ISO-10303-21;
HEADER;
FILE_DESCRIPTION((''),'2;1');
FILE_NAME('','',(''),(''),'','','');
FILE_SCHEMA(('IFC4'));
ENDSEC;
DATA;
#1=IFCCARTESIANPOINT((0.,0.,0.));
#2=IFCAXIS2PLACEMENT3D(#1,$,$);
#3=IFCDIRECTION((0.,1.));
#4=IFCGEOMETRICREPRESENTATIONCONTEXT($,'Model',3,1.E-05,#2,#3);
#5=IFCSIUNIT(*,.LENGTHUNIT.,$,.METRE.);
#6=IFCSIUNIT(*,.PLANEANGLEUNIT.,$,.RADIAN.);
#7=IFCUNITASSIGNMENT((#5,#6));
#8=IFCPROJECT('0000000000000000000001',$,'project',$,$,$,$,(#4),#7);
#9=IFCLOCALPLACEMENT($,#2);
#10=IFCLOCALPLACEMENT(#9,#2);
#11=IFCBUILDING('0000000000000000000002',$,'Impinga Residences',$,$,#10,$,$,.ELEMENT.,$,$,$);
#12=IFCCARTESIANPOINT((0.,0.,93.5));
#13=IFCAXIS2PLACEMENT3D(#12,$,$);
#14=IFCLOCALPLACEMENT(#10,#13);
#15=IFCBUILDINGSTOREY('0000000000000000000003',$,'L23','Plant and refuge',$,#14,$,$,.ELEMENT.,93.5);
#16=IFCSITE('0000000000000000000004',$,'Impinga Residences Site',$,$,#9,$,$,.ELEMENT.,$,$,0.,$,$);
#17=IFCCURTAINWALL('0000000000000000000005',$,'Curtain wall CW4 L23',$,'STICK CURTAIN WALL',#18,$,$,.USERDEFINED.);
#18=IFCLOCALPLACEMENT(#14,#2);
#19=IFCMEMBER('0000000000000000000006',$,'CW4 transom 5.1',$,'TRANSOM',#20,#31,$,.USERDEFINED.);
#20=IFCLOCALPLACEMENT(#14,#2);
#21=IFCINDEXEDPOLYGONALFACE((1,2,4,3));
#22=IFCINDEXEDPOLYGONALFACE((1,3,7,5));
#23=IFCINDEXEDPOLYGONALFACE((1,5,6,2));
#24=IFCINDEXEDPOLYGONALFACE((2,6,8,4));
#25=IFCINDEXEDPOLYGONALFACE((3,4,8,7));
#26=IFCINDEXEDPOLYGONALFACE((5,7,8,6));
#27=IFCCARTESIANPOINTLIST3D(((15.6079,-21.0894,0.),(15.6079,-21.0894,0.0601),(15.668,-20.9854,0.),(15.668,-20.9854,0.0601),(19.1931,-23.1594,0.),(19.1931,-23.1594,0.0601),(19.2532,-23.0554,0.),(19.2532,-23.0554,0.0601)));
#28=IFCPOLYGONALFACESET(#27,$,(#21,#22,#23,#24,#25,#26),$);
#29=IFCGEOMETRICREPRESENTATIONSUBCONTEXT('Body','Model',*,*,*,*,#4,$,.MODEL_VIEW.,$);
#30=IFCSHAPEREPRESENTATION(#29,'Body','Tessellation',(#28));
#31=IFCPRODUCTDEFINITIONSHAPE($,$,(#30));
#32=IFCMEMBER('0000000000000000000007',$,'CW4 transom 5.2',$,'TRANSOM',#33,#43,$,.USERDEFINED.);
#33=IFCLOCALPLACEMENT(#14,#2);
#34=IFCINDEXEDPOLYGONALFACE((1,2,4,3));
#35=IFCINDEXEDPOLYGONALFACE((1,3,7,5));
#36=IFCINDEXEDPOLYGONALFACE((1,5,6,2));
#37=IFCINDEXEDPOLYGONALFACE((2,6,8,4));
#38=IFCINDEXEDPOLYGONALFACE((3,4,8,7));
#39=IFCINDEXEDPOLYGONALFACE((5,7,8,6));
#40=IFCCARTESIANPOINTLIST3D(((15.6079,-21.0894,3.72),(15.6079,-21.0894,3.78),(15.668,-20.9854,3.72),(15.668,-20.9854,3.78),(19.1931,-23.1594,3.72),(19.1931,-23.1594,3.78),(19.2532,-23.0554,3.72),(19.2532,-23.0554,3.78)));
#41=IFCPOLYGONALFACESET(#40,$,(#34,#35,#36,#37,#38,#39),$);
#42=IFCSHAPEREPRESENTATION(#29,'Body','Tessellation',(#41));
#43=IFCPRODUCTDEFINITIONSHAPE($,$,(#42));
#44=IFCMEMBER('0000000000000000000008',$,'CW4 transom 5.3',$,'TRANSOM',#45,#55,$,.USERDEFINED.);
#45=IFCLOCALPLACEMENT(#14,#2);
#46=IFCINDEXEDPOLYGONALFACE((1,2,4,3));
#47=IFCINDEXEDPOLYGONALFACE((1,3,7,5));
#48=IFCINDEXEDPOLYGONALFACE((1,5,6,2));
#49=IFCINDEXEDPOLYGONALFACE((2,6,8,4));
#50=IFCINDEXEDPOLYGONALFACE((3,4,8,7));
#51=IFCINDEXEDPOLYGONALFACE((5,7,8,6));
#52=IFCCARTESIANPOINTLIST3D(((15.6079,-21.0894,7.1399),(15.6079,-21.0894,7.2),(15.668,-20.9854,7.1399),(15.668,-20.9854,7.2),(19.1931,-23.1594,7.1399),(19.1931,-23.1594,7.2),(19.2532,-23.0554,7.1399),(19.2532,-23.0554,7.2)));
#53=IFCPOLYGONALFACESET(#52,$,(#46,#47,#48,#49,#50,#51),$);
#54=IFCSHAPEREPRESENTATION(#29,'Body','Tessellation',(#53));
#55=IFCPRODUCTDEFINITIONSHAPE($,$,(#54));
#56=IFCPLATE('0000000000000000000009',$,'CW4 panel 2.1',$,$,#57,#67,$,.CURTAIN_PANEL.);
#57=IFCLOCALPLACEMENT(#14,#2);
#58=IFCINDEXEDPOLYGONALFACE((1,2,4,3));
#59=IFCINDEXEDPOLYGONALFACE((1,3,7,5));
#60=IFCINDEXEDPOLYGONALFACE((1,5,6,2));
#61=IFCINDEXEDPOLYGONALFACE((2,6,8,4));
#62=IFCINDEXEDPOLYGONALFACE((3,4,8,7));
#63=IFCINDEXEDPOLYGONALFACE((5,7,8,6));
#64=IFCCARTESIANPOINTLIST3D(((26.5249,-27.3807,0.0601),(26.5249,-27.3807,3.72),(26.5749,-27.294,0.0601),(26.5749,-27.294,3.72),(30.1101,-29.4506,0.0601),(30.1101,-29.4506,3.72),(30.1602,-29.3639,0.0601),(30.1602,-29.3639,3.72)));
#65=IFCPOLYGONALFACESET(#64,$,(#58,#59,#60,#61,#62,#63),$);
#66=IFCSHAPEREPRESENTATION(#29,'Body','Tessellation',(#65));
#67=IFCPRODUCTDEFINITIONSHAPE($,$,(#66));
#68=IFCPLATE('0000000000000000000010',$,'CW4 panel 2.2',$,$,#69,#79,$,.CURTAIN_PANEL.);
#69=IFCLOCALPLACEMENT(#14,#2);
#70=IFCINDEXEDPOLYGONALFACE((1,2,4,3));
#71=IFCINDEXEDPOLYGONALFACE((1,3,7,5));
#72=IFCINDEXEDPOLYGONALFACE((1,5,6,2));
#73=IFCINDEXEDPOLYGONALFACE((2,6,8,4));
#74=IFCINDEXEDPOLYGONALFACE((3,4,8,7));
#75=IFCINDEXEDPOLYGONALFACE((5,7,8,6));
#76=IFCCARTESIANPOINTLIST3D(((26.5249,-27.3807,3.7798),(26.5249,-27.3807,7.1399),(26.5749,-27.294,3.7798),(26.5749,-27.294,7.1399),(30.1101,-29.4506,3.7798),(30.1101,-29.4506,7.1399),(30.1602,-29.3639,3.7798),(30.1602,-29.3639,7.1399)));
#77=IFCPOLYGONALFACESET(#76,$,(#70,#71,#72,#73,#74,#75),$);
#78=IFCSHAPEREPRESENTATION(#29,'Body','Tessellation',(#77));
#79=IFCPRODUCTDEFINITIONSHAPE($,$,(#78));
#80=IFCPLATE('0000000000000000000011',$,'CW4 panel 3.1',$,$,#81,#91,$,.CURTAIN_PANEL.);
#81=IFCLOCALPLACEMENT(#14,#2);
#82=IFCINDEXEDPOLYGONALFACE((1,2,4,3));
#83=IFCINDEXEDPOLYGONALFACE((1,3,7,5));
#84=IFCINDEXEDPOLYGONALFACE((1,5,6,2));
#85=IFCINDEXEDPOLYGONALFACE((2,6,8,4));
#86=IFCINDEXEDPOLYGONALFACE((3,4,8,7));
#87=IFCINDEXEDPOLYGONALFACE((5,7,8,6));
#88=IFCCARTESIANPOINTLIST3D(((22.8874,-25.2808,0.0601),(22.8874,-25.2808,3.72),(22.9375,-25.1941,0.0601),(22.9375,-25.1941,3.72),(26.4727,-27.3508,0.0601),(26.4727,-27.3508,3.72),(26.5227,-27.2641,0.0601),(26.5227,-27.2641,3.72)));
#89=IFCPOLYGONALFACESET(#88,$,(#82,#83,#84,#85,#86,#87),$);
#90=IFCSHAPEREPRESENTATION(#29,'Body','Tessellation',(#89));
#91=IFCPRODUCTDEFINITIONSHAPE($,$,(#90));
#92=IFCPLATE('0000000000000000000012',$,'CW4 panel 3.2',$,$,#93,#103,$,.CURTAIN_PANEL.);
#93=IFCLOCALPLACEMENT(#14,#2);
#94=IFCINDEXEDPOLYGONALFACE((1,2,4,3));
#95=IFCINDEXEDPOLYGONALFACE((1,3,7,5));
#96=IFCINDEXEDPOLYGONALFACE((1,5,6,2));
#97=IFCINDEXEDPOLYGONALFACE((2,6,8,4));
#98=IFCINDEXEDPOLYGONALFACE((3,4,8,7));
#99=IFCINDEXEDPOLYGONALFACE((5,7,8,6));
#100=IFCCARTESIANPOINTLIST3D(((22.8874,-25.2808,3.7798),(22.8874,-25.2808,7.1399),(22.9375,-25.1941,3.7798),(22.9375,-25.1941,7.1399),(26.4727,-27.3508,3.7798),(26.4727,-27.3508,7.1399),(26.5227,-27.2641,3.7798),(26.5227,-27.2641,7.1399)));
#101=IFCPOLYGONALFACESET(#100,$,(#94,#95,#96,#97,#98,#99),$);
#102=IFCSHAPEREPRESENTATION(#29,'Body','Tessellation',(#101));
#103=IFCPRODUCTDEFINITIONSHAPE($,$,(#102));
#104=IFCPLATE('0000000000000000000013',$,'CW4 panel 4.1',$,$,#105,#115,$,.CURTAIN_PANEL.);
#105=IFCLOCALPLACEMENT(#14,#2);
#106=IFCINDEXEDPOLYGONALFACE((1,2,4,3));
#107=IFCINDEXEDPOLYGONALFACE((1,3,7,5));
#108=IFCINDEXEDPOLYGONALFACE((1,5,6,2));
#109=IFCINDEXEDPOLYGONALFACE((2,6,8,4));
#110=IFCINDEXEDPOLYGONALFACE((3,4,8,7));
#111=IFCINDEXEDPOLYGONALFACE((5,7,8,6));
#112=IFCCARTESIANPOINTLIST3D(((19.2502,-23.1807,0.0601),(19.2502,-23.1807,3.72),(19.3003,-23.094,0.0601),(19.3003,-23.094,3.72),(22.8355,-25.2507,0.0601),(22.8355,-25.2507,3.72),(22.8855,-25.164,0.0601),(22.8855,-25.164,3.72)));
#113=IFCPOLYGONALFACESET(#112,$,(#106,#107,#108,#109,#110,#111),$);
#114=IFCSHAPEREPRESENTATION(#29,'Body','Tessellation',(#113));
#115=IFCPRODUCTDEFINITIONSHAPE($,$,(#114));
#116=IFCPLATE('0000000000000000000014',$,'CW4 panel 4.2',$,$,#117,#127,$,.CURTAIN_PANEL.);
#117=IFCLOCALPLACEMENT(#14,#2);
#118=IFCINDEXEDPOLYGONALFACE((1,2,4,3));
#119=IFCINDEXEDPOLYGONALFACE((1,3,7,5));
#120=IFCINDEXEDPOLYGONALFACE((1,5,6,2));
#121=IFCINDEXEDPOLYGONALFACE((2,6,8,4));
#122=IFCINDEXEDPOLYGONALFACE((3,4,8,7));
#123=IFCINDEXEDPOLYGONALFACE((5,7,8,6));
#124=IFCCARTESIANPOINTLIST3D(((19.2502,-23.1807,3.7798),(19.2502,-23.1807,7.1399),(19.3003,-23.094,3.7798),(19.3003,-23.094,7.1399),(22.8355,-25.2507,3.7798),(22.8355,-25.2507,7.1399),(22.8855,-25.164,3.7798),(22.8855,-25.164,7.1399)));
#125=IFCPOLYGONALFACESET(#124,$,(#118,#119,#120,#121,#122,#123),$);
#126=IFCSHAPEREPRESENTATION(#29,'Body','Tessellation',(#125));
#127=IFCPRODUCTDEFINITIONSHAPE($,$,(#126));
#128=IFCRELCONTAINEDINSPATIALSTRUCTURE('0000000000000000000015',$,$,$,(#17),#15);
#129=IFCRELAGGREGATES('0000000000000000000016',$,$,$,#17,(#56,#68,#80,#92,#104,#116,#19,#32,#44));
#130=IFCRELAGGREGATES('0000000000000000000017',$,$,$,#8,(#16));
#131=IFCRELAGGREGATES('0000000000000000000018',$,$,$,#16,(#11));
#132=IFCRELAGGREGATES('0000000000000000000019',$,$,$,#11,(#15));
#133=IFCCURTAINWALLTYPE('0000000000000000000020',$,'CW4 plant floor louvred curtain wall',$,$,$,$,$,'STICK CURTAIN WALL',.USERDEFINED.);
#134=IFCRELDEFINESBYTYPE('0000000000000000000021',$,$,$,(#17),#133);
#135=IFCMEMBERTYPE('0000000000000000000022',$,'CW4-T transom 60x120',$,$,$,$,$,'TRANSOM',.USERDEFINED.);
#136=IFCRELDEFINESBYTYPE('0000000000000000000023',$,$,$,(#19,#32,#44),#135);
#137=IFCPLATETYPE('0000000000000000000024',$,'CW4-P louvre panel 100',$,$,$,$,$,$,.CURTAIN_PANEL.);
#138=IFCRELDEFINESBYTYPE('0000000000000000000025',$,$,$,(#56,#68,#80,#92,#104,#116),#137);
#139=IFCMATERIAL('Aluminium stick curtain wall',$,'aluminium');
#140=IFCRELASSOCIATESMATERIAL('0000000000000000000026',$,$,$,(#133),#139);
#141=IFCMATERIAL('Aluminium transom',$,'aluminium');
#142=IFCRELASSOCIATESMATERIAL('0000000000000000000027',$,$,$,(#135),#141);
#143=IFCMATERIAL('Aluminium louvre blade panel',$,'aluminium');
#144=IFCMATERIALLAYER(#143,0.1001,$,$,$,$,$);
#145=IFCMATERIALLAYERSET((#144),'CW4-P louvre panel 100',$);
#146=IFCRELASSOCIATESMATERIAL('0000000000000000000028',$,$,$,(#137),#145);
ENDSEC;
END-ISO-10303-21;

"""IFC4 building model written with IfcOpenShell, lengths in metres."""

from ifc_helpers import new_model, si_unit, direction, frame, origin, origin_2d, place, context, subcontext, project, spatial, rectangle, extrude, material, layer, layer_set, material_profile, profile_set, type_object, element, aggregate, save


model = new_model("IFC4")

# Units and contexts
model_context = context("Model", 3, precision=1e-05, world=origin(), true_north=direction((0.0, 1.0)))
body_context = subcontext(model_context, "Body", "Model", "MODEL_VIEW")
ifc_project = project(units=[si_unit("LENGTHUNIT", "METRE"), si_unit("PLANEANGLEUNIT", "RADIAN")], contexts=[model_context])

# Site, building, storey
site_placement = place(None, origin())
site = spatial("IfcSite", under=ifc_project, at=site_placement, Name="Impinga Residences Site", CompositionType="ELEMENT", RefElevation=0.0)
building_placement = place(site_placement, origin())
building = spatial("IfcBuilding", under=site, at=building_placement, Name="Impinga Residences", CompositionType="ELEMENT")
storey_placement = place(building_placement, frame((0.0, 0.0, 93.5)))
storey = spatial("IfcBuildingStorey", under=building, at=storey_placement, Name="L23", Description="Plant and refuge", CompositionType="ELEMENT", Elevation=93.5)

# Curtain wall, members, plates
ifc_material_1 = material(Name="Aluminium stick curtain wall", Category="aluminium")
curtain_wall_type = type_object("IfcCurtainWallType", Name="CW4 plant floor louvred curtain wall", ElementType="STICK CURTAIN WALL", PredefinedType="USERDEFINED", material=ifc_material_1)
curtain_wall_placement = place(storey_placement, origin())
curtain_wall = element("IfcCurtainWall", 1, at=curtain_wall_placement, inside=storey, type_object=curtain_wall_type, Name="Curtain wall CW4 L23", ObjectType="STICK CURTAIN WALL", PredefinedType="USERDEFINED")
ifc_material_2 = material(Name="Aluminium transom", Category="aluminium")
ifc_material_profile_1 = material_profile(ifc_material_2, rectangle(XDim=0.0601, YDim=0.1201, at=origin_2d()), Name="60x120 transom")
ifc_profile_set_1 = profile_set([ifc_material_profile_1], Name="Aluminium transom")
member_type_1 = type_object("IfcMemberType", Name="CW4-T transom 60x120", ElementType="TRANSOM", PredefinedType="USERDEFINED", material=ifc_profile_set_1)
member_1_placement = place(storey_placement, frame((19.2231, -23.1074, 0.03), z_axis=(-0.86601, 0.500027, 0.0), x_axis=(0.0, 0.0, 1.0)))
member_1 = element("IfcMember", 2, at=member_1_placement, type_object=member_type_1, Name="CW4 transom 5.1", ObjectType="TRANSOM", PredefinedType="USERDEFINED", context=body_context, shape_type="SweptSolid", body=[
    extrude(rectangle(XDim=0.0601, YDim=0.1201, at=origin_2d()), origin(), (0.0, 0.0, 1.0), 4.1399),
])
member_2_placement = place(storey_placement, frame((19.2231, -23.1074, 3.75), z_axis=(-0.86601, 0.500027, 0.0), x_axis=(0.0, 0.0, 1.0)))
member_2 = element("IfcMember", 3, at=member_2_placement, type_object=member_type_1, Name="CW4 transom 5.2", ObjectType="TRANSOM", PredefinedType="USERDEFINED", context=body_context, shape_type="SweptSolid", body=[
    extrude(rectangle(XDim=0.0601, YDim=0.1201, at=origin_2d()), origin(), (0.0, 0.0, 1.0), 4.1399),
])
member_3_placement = place(storey_placement, frame((19.2231, -23.1074, 7.1699), z_axis=(-0.86601, 0.500027, 0.0), x_axis=(0.0, 0.0, 1.0)))
member_3 = element("IfcMember", 4, at=member_3_placement, type_object=member_type_1, Name="CW4 transom 5.3", ObjectType="TRANSOM", PredefinedType="USERDEFINED", context=body_context, shape_type="SweptSolid", body=[
    extrude(rectangle(XDim=0.0601, YDim=0.1201, at=origin_2d()), origin(), (0.0, 0.0, 1.0), 4.1399),
])
ifc_material_3 = material(Name="Aluminium louvre blade panel", Category="aluminium")
ifc_layer = layer(ifc_material_3, 0.1001)
ifc_layer_set = layer_set([ifc_layer], Name="CW4-P louvre panel 100")
plate_type = type_object("IfcPlateType", Name="CW4-P louvre panel 100", PredefinedType="CURTAIN_PANEL", material=ifc_layer_set)
plate_1_placement = place(storey_placement, frame((28.3425, -28.3723, 0.0601), z_axis=(0.0, 0.0, 1.0), x_axis=(-0.866025, 0.5, 0.0)))
plate_1 = element("IfcPlate", 5, at=plate_1_placement, type_object=plate_type, Name="CW4 panel 2.1", PredefinedType="CURTAIN_PANEL", context=body_context, shape_type="SweptSolid", body=[
    extrude(rectangle(XDim=4.1399, YDim=0.1001, at=origin_2d()), origin(), (0.0, 0.0, 1.0), 3.6599),
])
plate_2_placement = place(storey_placement, frame((28.3425, -28.3723, 3.7798), z_axis=(0.0, 0.0, 1.0), x_axis=(-0.866025, 0.5, 0.0)))
plate_2 = element("IfcPlate", 6, at=plate_2_placement, type_object=plate_type, Name="CW4 panel 2.2", PredefinedType="CURTAIN_PANEL", context=body_context, shape_type="SweptSolid", body=[
    extrude(rectangle(XDim=4.1399, YDim=0.1001, at=origin_2d()), origin(), (0.0, 0.0, 1.0), 3.3601),
])
plate_3_placement = place(storey_placement, frame((24.7051, -26.2725, 0.0601), z_axis=(0.0, 0.0, 1.0), x_axis=(-0.866025, 0.5, 0.0)))
plate_3 = element("IfcPlate", 7, at=plate_3_placement, type_object=plate_type, Name="CW4 panel 3.1", PredefinedType="CURTAIN_PANEL", context=body_context, shape_type="SweptSolid", body=[
    extrude(rectangle(XDim=4.1399, YDim=0.1001, at=origin_2d()), origin(), (0.0, 0.0, 1.0), 3.6599),
])
plate_4_placement = place(storey_placement, frame((24.7051, -26.2725, 3.7798), z_axis=(0.0, 0.0, 1.0), x_axis=(-0.866025, 0.5, 0.0)))
plate_4 = element("IfcPlate", 8, at=plate_4_placement, type_object=plate_type, Name="CW4 panel 3.2", PredefinedType="CURTAIN_PANEL", context=body_context, shape_type="SweptSolid", body=[
    extrude(rectangle(XDim=4.1399, YDim=0.1001, at=origin_2d()), origin(), (0.0, 0.0, 1.0), 3.3601),
])
plate_5_placement = place(storey_placement, frame((21.0679, -24.1724, 0.0601), z_axis=(0.0, 0.0, 1.0), x_axis=(-0.866025, 0.5, 0.0)))
plate_5 = element("IfcPlate", 9, at=plate_5_placement, type_object=plate_type, Name="CW4 panel 4.1", PredefinedType="CURTAIN_PANEL", context=body_context, shape_type="SweptSolid", body=[
    extrude(rectangle(XDim=4.1399, YDim=0.1001, at=origin_2d()), origin(), (0.0, 0.0, 1.0), 3.6599),
])
plate_6_placement = place(storey_placement, frame((21.0679, -24.1724, 3.7798), z_axis=(0.0, 0.0, 1.0), x_axis=(-0.866025, 0.5, 0.0)))
plate_6 = element("IfcPlate", 10, at=plate_6_placement, type_object=plate_type, Name="CW4 panel 4.2", PredefinedType="CURTAIN_PANEL", context=body_context, shape_type="SweptSolid", body=[
    extrude(rectangle(XDim=4.1399, YDim=0.1001, at=origin_2d()), origin(), (0.0, 0.0, 1.0), 3.3601),
])
aggregate(curtain_wall, [plate_1, plate_2, plate_3, plate_4, plate_5, plate_6, member_1, member_2, member_3])

save(model, "model.ifc")
